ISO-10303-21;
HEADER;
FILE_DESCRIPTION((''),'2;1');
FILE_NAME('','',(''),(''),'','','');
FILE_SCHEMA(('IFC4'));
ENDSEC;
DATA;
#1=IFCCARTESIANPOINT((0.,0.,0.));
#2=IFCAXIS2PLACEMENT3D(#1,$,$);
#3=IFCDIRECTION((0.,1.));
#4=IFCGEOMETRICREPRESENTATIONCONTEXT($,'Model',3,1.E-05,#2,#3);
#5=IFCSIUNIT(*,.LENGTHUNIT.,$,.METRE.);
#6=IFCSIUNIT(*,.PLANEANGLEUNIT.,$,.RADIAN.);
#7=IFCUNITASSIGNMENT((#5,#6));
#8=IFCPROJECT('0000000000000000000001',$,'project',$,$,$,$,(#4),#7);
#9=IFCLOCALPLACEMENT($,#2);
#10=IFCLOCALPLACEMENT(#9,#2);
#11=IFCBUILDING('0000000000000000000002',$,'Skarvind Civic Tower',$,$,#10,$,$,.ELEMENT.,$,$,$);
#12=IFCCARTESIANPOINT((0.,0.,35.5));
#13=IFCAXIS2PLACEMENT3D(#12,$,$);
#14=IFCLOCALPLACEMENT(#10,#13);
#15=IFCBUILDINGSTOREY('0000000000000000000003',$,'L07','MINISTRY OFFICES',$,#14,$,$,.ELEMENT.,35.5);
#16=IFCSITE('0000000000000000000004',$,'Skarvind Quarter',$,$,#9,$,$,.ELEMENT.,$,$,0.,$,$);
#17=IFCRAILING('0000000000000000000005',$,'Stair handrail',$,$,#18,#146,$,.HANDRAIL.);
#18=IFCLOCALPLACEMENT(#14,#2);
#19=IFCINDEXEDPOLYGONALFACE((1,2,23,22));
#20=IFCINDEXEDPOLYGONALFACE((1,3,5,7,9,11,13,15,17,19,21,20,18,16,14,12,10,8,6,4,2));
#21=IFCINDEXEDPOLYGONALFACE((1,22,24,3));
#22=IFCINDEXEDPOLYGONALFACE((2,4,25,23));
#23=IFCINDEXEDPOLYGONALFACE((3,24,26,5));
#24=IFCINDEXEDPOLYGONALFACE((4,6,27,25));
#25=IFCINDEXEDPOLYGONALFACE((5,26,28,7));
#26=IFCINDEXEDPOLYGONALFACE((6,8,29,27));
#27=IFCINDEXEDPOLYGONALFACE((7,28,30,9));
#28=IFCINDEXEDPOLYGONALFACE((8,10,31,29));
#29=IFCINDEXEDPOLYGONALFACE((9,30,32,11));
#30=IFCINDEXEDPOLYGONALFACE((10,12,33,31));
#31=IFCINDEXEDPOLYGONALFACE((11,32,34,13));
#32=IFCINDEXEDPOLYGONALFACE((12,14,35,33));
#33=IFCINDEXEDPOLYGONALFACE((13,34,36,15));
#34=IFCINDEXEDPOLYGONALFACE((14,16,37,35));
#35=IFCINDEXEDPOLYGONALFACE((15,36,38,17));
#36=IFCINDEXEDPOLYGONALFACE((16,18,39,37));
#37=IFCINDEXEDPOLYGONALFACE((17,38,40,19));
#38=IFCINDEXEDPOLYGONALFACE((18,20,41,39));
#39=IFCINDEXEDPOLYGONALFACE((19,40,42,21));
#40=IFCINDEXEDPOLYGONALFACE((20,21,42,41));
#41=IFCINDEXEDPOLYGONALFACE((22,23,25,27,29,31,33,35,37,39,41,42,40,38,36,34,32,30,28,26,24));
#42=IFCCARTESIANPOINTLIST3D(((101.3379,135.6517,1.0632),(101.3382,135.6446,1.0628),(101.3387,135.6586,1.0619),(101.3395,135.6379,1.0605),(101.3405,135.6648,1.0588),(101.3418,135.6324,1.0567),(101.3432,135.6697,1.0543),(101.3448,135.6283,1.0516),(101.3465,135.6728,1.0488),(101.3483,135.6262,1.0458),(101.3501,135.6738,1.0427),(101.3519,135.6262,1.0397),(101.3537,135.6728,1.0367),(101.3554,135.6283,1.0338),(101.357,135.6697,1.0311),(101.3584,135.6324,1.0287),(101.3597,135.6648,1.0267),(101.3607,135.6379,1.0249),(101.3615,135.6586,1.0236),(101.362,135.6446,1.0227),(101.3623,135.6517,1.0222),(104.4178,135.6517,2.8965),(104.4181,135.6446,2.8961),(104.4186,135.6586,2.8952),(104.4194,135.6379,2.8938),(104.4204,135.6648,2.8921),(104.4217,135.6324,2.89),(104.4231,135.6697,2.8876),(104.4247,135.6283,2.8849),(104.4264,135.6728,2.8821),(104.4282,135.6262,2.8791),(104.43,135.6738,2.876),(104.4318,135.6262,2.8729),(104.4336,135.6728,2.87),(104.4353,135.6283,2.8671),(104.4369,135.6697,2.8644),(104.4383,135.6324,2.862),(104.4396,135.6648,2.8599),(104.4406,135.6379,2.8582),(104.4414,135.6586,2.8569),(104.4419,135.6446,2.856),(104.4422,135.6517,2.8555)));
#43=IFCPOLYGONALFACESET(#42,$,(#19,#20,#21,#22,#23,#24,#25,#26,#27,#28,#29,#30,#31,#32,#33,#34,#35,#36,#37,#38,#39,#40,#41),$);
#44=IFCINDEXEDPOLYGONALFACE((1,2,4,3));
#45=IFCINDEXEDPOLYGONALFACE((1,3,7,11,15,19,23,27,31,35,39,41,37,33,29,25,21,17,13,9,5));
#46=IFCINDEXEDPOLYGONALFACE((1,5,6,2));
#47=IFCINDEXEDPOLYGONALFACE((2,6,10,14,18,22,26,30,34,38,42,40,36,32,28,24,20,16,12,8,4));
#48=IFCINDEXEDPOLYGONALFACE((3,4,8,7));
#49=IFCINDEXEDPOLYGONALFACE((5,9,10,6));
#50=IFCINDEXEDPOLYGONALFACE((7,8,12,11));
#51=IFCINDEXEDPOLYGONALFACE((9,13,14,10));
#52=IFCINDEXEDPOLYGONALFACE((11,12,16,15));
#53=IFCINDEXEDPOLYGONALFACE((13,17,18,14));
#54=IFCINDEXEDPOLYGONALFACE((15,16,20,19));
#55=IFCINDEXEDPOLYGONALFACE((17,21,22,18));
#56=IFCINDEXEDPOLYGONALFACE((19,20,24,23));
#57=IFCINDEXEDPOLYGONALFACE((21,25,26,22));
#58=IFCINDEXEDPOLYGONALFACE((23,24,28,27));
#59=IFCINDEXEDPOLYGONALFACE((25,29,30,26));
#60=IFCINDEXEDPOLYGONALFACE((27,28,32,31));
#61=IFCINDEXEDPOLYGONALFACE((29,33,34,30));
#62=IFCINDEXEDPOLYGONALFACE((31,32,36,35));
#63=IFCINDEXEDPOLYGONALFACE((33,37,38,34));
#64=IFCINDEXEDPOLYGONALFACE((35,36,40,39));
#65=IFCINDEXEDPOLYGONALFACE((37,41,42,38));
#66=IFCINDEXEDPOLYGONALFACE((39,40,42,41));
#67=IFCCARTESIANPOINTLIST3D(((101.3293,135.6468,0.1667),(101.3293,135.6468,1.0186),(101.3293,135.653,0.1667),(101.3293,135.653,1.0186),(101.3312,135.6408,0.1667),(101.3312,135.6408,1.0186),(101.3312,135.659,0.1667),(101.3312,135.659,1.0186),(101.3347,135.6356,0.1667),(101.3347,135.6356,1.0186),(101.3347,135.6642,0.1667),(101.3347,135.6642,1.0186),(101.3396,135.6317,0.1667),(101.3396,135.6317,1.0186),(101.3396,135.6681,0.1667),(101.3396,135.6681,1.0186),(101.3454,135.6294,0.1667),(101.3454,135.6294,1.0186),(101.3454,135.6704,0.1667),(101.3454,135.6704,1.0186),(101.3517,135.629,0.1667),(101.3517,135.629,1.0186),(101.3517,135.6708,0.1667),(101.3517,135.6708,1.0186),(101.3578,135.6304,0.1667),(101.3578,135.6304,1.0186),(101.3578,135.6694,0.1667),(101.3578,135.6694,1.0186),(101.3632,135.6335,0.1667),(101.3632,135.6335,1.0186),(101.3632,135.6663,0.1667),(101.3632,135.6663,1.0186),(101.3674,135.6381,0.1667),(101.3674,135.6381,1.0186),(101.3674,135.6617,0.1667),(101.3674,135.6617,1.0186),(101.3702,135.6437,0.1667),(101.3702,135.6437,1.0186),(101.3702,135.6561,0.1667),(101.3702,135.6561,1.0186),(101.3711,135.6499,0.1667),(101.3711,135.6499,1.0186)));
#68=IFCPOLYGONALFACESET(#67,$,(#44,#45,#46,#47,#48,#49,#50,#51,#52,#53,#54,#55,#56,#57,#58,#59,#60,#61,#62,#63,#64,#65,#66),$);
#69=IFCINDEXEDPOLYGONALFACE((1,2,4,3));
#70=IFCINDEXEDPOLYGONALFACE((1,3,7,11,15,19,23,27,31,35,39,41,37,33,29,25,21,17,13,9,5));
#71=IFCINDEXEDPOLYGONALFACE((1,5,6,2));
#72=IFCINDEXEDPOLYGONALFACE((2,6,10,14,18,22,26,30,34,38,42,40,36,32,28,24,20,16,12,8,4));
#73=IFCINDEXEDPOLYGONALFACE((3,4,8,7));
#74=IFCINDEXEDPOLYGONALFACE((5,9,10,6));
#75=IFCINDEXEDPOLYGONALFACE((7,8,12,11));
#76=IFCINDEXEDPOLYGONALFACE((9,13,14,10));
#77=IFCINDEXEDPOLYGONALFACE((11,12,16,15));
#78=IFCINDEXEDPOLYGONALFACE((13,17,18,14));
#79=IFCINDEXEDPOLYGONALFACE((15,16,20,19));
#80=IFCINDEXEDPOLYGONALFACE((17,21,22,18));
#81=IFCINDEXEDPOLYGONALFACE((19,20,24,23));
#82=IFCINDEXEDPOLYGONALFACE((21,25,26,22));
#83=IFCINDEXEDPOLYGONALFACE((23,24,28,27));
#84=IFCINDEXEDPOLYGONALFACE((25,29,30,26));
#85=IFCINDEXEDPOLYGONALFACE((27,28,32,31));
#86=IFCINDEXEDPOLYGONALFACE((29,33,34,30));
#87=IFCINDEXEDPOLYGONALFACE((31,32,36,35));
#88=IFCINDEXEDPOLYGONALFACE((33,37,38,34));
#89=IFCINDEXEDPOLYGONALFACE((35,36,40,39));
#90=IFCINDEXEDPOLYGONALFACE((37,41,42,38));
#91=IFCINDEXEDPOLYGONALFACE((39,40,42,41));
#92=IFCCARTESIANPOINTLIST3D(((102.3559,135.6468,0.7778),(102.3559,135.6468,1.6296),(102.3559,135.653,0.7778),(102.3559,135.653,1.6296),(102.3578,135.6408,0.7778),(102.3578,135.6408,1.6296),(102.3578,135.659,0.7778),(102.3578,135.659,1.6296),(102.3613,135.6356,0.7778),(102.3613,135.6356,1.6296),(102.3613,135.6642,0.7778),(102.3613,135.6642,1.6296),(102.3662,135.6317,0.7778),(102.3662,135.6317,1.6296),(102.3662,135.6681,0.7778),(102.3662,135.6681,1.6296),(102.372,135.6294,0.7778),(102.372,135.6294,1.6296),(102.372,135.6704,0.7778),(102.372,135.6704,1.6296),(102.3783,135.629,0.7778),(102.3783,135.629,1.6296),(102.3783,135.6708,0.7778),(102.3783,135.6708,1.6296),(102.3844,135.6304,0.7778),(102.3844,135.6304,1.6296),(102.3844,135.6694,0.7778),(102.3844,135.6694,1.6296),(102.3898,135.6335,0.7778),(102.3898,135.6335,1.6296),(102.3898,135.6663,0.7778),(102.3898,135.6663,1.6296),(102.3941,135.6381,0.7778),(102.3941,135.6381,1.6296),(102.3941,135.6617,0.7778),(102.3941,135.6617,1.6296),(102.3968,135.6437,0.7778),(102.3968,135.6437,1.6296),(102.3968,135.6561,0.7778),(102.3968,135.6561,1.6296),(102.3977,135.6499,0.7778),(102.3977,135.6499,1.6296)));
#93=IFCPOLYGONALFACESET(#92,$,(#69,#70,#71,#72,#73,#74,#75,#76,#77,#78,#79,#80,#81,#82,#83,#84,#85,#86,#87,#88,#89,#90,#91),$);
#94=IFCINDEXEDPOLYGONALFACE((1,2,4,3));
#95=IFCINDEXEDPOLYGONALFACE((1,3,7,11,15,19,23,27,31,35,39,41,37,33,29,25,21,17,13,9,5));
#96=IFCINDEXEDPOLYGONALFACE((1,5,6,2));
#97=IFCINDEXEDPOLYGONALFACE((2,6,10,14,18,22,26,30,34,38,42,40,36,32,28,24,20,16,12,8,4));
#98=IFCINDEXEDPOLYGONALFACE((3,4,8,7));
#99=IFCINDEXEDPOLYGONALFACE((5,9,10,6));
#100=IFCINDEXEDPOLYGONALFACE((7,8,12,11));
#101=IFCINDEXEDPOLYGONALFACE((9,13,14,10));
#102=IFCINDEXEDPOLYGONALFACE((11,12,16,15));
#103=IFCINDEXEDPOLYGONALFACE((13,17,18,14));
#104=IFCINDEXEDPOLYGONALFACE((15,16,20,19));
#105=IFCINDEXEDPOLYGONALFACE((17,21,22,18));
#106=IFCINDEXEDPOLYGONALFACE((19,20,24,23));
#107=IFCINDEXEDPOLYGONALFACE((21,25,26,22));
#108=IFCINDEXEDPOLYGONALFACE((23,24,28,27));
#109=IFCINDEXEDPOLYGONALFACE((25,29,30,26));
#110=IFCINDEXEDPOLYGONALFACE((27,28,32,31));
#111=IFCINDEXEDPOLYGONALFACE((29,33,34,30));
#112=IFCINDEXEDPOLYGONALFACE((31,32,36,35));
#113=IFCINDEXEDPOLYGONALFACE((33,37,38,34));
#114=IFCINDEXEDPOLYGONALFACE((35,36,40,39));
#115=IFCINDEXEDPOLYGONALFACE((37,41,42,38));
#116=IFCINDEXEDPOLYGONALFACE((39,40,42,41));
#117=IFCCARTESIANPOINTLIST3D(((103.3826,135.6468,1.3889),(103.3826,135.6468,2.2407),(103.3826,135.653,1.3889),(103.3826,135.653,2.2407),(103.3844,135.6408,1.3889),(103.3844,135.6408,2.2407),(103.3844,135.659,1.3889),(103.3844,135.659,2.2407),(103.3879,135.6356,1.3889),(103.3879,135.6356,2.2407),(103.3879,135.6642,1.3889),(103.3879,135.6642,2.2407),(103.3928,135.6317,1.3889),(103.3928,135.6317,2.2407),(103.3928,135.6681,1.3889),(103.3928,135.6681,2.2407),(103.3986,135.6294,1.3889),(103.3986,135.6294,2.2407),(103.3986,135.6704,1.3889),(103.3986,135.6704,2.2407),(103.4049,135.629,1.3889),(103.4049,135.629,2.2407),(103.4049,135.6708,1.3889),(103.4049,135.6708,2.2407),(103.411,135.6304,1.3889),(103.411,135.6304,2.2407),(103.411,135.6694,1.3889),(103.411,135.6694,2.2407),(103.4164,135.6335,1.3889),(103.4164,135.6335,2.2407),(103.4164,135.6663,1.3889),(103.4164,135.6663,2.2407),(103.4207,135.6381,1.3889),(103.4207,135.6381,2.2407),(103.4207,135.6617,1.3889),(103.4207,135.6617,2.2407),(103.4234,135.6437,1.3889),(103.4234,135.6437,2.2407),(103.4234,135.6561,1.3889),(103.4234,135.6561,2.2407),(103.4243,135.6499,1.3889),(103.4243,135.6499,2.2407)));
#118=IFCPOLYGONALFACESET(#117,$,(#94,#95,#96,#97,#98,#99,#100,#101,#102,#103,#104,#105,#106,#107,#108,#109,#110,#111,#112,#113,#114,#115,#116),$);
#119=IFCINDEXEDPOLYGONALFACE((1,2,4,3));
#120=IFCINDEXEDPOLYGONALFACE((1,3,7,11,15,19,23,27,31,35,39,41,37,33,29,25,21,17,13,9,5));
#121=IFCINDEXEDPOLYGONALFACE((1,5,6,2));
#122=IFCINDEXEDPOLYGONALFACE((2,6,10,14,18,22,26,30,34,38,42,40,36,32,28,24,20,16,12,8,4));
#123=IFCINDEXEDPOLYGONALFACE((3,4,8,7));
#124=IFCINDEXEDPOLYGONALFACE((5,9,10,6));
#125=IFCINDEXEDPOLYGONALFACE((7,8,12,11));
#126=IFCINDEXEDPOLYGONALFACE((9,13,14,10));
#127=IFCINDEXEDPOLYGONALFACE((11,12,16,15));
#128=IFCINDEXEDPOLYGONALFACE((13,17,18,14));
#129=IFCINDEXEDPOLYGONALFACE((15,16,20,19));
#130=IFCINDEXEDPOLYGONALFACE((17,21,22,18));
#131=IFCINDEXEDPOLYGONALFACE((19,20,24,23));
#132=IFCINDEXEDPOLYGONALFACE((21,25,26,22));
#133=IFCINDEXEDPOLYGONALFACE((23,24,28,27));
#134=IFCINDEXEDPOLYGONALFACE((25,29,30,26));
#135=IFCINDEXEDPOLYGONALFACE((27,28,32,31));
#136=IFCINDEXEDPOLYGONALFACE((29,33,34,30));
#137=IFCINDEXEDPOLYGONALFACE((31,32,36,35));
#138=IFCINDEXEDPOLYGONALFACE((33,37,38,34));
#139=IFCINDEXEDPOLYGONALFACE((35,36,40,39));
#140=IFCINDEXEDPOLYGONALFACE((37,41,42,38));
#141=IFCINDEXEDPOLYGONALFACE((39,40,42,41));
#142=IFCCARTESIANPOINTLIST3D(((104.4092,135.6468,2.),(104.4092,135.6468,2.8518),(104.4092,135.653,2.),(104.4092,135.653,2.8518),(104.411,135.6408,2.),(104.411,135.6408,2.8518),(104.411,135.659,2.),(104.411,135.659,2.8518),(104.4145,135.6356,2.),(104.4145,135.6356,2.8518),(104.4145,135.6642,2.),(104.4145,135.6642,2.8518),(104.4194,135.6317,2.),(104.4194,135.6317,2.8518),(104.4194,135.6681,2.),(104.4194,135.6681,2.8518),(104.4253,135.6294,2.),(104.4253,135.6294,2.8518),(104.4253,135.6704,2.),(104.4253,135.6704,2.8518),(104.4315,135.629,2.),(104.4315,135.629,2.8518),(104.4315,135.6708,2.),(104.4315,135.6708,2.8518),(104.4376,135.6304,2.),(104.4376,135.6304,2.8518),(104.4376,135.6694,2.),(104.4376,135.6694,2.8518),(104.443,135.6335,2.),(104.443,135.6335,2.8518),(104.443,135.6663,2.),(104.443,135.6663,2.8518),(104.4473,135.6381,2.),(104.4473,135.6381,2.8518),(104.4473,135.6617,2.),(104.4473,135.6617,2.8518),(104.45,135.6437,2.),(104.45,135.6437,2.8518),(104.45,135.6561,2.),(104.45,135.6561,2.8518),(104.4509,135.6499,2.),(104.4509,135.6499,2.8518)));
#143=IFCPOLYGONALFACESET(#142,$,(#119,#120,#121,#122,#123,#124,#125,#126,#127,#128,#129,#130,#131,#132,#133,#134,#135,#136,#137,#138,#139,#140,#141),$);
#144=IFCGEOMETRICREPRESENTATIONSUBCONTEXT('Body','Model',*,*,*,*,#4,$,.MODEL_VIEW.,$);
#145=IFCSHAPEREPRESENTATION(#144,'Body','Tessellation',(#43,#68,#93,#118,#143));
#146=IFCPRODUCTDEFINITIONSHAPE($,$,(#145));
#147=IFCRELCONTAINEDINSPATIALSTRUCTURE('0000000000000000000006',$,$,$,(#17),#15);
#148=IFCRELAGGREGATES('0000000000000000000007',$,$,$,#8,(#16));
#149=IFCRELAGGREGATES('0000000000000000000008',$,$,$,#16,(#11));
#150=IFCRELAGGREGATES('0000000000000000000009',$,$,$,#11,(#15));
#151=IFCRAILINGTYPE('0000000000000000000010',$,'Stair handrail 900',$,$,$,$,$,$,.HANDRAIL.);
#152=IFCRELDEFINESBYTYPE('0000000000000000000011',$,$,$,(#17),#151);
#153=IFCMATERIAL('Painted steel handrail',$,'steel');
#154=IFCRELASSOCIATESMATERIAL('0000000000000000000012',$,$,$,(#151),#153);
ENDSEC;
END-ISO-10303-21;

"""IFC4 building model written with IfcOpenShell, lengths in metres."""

from ifc_helpers import new_model, si_unit, direction, frame, origin, origin_2d, place, context, subcontext, project, spatial, circle, extrude, material, type_object, element, save


model = new_model("IFC4")

# Units and contexts
model_context = context("Model", 3, precision=1e-05, world=origin(), true_north=direction((0.0, 1.0)))
body_context = subcontext(model_context, "Body", "Model", "MODEL_VIEW")
ifc_project = project(units=[si_unit("LENGTHUNIT", "METRE"), si_unit("PLANEANGLEUNIT", "RADIAN")], contexts=[model_context])

# Site, building, storey
site_placement = place(None, origin())
site = spatial("IfcSite", under=ifc_project, at=site_placement, Name="Skarvind Quarter", CompositionType="ELEMENT", RefElevation=0.0)
building_placement = place(site_placement, origin())
building = spatial("IfcBuilding", under=site, at=building_placement, Name="Skarvind Civic Tower", CompositionType="ELEMENT")
storey_placement = place(building_placement, frame((0.0, 0.0, 35.5)))
storey = spatial("IfcBuildingStorey", under=building, at=storey_placement, Name="L07", Description="MINISTRY OFFICES", CompositionType="ELEMENT", Elevation=35.5)

# Railing
ifc_material_1 = material(Name="Painted steel handrail", Category="steel")
railing_type = type_object("IfcRailingType", Name="Stair handrail 900", PredefinedType="HANDRAIL", material=ifc_material_1)
railing_1_placement = place(storey_placement, frame((101.3501, 135.6499, 0.1667)))
element("IfcRailing", 1, at=railing_1_placement, inside=storey, type_object=railing_type, Name="Stair handrail", PredefinedType="HANDRAIL", context=body_context, shape_type="SweptSolid", body=[
    extrude(circle(Radius=0.0239, at=origin_2d()), frame((0.0, 0.0, 0.876), z_axis=(0.859291, 0.0, 0.511487), x_axis=(0.0, 1.0, 0.0)), (0.0, 0.0, 1.0), 3.5842),
    extrude(circle(Radius=0.021, at=origin_2d()), origin(), (0.0, 0.0, 1.0), 0.8518),
    extrude(circle(Radius=0.021, at=origin_2d()), frame((1.0266, 0.0, 0.6111)), (0.0, 0.0, 1.0), 0.8518),
    extrude(circle(Radius=0.021, at=origin_2d()), frame((2.0532, 0.0, 1.2222)), (0.0, 0.0, 1.0), 0.8518),
    extrude(circle(Radius=0.021, at=origin_2d()), frame((3.0798, 0.0, 1.8333)), (0.0, 0.0, 1.0), 0.8518),
])

save(model, "model.ifc")
